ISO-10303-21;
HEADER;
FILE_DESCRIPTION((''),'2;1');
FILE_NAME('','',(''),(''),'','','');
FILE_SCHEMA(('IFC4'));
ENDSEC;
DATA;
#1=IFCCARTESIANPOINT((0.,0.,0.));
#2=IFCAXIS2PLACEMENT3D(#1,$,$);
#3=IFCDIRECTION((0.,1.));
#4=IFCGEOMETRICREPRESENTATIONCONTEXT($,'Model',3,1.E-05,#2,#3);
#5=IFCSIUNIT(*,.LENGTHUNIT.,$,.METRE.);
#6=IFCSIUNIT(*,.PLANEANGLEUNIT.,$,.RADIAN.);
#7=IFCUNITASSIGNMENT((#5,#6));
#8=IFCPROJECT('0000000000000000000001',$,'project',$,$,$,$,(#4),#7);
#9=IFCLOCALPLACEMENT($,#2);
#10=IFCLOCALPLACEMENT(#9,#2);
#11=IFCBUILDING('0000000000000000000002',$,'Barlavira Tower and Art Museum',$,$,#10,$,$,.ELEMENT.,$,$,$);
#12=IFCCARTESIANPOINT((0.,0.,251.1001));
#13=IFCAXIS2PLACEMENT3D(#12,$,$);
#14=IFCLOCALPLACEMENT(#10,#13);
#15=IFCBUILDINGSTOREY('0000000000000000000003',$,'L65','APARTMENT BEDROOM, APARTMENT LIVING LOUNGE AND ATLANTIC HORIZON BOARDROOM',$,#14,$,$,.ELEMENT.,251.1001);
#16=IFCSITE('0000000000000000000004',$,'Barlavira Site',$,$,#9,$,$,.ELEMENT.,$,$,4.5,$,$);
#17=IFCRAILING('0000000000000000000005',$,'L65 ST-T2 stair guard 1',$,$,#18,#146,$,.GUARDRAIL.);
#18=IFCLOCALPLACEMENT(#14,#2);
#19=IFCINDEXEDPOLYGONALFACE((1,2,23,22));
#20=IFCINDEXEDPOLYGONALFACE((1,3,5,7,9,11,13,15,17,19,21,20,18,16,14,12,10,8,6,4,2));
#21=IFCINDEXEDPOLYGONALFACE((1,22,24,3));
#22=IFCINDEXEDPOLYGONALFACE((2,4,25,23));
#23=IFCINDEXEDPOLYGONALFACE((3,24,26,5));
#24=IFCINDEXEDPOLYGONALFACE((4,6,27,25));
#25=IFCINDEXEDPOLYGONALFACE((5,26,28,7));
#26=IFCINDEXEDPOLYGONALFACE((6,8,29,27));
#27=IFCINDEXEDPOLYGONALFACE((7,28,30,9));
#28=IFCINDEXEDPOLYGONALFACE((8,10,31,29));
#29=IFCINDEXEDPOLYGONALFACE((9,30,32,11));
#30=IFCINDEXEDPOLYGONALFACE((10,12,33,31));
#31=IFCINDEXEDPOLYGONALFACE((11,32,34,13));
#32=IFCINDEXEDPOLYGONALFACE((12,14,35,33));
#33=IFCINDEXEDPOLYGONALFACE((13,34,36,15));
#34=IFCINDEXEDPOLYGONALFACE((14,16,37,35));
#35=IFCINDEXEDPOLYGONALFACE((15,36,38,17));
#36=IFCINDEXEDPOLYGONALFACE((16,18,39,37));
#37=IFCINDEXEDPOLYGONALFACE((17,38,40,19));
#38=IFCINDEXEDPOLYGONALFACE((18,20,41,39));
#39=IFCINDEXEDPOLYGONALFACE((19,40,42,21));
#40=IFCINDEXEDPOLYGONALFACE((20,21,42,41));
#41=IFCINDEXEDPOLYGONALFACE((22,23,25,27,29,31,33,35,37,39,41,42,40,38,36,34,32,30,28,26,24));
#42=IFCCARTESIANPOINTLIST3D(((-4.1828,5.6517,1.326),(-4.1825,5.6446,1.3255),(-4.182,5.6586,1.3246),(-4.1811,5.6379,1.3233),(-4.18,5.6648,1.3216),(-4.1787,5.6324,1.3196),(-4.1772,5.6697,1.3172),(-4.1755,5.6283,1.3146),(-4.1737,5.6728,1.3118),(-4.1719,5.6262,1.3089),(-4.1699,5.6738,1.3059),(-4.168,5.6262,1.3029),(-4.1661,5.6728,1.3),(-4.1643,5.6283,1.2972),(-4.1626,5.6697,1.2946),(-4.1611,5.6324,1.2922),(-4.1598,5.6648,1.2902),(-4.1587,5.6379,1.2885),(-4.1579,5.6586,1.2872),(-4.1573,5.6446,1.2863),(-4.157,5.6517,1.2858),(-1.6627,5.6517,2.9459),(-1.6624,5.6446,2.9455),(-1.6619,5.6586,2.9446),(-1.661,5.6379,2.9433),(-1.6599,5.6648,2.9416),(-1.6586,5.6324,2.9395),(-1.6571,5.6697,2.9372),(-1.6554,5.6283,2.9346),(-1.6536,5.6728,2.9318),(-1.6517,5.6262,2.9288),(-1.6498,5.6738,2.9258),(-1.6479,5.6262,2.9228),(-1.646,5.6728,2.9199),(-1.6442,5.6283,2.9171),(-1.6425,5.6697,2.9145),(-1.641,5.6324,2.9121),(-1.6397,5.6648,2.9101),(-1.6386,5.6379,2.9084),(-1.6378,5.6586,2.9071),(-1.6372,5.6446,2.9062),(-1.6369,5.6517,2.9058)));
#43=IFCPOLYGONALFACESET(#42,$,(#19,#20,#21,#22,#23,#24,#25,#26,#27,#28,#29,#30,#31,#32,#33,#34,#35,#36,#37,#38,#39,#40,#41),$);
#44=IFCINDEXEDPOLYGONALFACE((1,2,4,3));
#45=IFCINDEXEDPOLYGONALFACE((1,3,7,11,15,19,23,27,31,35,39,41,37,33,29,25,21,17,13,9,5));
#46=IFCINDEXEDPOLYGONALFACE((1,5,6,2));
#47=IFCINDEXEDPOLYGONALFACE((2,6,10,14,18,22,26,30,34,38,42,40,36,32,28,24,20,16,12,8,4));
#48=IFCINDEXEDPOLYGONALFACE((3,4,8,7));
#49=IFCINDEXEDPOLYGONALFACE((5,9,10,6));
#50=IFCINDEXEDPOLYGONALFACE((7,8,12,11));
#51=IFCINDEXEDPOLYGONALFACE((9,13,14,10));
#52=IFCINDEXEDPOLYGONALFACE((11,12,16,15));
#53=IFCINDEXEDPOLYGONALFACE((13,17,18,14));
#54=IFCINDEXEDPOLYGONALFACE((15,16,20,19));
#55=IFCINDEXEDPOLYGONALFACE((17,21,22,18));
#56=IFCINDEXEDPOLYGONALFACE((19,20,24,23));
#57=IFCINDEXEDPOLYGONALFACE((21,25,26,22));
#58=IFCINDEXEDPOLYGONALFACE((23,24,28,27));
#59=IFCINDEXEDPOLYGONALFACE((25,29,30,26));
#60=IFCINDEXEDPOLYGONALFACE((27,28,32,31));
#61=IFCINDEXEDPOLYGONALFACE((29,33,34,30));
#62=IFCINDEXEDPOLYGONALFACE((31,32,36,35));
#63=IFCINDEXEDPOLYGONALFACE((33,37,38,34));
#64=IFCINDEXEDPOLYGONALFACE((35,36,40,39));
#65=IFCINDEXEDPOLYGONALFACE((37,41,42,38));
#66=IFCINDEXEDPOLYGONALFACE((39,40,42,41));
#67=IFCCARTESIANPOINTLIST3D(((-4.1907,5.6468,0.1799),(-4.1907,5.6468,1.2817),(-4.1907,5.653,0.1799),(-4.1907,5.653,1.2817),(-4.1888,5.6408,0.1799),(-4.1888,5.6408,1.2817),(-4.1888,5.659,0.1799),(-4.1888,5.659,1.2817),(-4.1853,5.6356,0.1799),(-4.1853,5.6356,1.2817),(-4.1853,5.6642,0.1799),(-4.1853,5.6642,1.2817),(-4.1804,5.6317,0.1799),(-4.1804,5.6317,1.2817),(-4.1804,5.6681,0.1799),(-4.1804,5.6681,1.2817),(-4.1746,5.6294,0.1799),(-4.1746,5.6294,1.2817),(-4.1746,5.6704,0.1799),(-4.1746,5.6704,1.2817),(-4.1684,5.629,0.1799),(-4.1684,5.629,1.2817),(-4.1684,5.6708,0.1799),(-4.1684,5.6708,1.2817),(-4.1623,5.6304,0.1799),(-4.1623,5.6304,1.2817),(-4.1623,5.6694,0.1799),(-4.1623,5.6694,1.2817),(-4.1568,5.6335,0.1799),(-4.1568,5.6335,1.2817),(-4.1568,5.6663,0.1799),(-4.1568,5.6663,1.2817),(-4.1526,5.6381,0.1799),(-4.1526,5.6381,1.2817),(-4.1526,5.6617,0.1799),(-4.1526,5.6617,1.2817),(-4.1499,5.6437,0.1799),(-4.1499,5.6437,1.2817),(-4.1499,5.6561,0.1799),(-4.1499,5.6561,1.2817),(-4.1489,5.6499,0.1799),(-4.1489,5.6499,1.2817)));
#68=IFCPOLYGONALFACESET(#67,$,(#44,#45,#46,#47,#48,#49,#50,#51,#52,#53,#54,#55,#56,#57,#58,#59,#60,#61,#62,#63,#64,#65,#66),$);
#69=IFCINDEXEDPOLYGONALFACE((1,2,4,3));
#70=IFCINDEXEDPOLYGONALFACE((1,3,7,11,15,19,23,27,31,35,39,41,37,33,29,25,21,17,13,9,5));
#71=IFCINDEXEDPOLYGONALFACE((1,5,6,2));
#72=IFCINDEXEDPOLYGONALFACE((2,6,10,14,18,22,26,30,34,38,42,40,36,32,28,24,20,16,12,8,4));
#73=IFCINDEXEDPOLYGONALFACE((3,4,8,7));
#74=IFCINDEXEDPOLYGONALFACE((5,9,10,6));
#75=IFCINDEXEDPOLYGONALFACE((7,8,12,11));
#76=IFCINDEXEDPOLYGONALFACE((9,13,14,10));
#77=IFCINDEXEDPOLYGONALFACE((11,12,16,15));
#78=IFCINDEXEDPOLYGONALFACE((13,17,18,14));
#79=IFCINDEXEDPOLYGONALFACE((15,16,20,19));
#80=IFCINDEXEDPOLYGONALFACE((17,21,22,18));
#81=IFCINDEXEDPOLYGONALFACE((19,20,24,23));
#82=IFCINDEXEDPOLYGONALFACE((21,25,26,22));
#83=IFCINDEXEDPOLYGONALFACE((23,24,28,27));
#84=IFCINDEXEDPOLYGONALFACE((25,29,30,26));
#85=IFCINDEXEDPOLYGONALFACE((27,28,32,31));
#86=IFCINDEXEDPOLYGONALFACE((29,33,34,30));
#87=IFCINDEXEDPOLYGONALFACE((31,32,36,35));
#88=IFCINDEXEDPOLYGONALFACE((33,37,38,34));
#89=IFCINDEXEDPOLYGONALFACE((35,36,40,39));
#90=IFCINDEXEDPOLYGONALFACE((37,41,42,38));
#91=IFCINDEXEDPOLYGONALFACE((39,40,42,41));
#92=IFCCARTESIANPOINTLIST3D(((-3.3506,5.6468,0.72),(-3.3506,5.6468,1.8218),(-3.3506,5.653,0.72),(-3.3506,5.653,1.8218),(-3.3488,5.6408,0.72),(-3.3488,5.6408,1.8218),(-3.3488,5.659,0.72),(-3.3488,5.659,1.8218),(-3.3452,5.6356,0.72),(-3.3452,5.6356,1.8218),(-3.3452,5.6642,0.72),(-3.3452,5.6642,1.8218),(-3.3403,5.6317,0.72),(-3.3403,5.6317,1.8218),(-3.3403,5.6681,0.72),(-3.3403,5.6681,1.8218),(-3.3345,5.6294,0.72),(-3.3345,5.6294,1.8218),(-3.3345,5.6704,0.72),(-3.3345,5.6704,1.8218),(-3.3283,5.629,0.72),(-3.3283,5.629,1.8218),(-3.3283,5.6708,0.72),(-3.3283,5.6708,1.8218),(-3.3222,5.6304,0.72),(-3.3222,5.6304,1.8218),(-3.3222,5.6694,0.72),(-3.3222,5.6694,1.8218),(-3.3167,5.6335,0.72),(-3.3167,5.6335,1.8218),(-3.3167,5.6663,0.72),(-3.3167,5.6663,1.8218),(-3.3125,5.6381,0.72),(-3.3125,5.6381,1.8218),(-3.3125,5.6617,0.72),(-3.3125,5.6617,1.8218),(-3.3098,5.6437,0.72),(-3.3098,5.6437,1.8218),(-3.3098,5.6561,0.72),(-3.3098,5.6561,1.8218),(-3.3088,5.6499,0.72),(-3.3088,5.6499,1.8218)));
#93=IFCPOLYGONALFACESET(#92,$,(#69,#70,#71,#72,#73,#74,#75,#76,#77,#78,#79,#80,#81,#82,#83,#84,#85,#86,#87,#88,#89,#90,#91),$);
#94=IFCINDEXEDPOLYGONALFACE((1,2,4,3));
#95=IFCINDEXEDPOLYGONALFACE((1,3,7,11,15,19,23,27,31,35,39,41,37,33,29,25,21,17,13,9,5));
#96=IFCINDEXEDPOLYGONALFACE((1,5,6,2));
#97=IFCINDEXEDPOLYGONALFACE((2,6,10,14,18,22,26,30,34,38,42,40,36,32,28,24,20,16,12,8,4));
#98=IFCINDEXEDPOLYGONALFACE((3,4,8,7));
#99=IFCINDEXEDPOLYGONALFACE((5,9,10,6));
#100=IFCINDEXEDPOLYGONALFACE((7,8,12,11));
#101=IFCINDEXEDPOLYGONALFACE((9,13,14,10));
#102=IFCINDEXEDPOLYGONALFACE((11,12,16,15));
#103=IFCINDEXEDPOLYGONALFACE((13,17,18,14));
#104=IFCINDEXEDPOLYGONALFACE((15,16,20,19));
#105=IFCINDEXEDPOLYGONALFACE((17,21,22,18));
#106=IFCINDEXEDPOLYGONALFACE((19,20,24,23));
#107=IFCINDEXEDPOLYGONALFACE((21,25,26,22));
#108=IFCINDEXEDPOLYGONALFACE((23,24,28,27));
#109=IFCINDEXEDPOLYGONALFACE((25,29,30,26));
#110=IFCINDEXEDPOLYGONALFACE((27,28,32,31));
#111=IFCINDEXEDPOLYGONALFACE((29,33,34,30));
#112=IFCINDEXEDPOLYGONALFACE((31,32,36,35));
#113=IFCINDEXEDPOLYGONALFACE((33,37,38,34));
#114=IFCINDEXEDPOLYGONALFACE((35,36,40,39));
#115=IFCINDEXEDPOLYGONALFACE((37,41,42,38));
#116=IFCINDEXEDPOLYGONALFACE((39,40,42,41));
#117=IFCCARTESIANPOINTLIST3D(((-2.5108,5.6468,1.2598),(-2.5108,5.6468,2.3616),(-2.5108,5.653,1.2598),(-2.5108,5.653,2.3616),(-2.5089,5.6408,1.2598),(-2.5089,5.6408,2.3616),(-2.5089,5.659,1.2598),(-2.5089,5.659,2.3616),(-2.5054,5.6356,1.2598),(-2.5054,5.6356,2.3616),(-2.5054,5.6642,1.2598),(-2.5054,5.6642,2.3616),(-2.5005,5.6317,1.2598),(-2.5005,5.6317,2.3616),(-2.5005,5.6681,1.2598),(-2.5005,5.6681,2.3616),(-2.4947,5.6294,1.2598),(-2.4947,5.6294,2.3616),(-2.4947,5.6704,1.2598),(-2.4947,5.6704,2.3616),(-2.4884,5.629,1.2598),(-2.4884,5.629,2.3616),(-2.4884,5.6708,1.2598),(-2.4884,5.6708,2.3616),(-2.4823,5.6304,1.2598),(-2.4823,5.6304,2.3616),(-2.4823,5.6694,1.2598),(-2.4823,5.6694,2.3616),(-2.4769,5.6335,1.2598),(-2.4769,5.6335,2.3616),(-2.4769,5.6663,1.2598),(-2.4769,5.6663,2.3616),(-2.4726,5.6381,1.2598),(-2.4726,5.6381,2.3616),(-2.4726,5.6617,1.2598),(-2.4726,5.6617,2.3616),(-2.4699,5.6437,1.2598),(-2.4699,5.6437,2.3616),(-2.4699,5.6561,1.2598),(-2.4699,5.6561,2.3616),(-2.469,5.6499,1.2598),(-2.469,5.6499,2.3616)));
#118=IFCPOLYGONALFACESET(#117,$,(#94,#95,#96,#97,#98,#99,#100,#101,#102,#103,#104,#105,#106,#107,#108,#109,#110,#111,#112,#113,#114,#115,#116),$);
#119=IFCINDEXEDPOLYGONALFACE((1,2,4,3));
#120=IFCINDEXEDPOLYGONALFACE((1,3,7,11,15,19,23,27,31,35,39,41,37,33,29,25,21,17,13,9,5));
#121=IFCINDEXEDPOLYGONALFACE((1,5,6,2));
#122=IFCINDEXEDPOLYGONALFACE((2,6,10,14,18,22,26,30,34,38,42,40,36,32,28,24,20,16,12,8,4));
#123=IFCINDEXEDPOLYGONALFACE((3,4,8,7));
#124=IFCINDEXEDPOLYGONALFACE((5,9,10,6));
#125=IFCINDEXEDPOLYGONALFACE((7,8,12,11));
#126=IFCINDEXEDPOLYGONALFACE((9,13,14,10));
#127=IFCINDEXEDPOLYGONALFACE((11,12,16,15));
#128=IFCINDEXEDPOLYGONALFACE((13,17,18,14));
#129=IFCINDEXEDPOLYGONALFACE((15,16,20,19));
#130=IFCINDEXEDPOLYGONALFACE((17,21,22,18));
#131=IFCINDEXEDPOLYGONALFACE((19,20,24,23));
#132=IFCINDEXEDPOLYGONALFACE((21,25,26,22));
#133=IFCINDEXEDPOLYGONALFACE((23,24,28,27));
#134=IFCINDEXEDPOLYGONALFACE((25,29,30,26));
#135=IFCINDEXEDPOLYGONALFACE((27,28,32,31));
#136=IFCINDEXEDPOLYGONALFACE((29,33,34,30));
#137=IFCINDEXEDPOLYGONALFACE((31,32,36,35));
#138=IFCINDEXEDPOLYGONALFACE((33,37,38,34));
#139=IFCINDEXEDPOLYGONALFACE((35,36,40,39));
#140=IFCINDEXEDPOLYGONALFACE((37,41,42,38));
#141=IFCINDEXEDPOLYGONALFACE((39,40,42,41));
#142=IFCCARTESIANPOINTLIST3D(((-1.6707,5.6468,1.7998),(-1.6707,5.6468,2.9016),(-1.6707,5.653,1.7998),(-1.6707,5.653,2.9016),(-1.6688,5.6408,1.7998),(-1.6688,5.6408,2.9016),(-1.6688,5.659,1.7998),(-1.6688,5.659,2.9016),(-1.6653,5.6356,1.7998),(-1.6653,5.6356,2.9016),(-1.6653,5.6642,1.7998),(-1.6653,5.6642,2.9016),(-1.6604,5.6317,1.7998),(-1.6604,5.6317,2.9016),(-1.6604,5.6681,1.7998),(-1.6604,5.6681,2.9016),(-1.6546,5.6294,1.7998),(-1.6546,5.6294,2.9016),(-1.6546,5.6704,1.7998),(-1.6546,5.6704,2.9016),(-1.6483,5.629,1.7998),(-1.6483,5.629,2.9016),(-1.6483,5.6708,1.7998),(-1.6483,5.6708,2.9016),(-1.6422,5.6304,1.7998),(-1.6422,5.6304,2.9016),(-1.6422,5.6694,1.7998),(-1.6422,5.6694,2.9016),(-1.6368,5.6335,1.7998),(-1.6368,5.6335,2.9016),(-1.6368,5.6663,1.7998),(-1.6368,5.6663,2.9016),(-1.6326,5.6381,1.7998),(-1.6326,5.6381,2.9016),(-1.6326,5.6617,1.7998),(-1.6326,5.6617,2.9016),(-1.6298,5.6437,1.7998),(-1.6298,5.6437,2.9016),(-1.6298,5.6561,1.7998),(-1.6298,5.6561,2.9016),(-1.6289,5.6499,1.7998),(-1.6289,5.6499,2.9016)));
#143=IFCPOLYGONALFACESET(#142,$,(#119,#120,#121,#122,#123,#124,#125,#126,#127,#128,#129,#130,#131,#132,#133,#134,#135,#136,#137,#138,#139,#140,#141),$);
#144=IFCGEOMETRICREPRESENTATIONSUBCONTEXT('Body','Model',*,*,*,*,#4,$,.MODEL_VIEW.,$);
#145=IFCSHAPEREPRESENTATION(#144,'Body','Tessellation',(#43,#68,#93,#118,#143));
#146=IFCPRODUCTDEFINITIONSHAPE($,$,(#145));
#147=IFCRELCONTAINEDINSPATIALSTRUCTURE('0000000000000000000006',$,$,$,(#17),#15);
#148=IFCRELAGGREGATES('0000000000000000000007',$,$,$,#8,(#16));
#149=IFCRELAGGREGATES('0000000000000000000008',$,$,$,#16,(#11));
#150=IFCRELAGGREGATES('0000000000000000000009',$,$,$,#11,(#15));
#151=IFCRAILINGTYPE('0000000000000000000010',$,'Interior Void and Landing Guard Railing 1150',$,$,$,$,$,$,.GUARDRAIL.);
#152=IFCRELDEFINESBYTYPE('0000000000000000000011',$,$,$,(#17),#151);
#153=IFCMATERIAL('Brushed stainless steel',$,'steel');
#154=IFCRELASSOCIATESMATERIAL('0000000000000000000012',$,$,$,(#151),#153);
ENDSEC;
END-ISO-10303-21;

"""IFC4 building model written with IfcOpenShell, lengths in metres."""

from ifc_helpers import new_model, si_unit, direction, frame, origin, origin_2d, place, context, subcontext, project, spatial, circle, extrude, material, type_object, element, save


model = new_model("IFC4")

# Units and contexts
model_context = context("Model", 3, precision=1e-05, world=origin(), true_north=direction((0.0, 1.0)))
body_context = subcontext(model_context, "Body", "Model", "MODEL_VIEW")
ifc_project = project(units=[si_unit("LENGTHUNIT", "METRE"), si_unit("PLANEANGLEUNIT", "RADIAN")], contexts=[model_context])

# Site, building, storey
site_placement = place(None, origin())
site = spatial("IfcSite", under=ifc_project, at=site_placement, Name="Barlavira Site", CompositionType="ELEMENT", RefElevation=4.5)
building_placement = place(site_placement, origin())
building = spatial("IfcBuilding", under=site, at=building_placement, Name="Barlavira Tower and Art Museum", CompositionType="ELEMENT")
storey_placement = place(building_placement, frame((0.0, 0.0, 251.1001)))
storey = spatial("IfcBuildingStorey", under=building, at=storey_placement, Name="L65", Description="APARTMENT BEDROOM, APARTMENT LIVING LOUNGE AND ATLANTIC HORIZON BOARDROOM", CompositionType="ELEMENT", Elevation=251.1001)

# Shared definitions
ifc_material_1 = material(Name="Brushed stainless steel", Category="steel")

# Railing
railing_type_1 = type_object("IfcRailingType", Name="Interior Void and Landing Guard Railing 1150", PredefinedType="GUARDRAIL", material=ifc_material_1)
railing_1_placement = place(storey_placement, frame((-4.1699, 5.6499, 0.1799)))
element("IfcRailing", 1, at=railing_1_placement, inside=storey, type_object=railing_type_1, Name="L65 ST-T2 stair guard 1", PredefinedType="GUARDRAIL", context=body_context, shape_type="SweptSolid", body=[
    extrude(circle(Radius=0.0239, at=origin_2d()), frame((0.0, 0.0, 1.126), z_axis=(0.8412, 0.0, 0.540725), x_axis=(0.0, 1.0, 0.0)), (0.0, 0.0, 1.0), 2.9958),
    extrude(circle(Radius=0.021, at=origin_2d()), origin(), (0.0, 0.0, 1.0), 1.1018),
    extrude(circle(Radius=0.021, at=origin_2d()), frame((0.8401, 0.0, 0.54)), (0.0, 0.0, 1.0), 1.1018),
    extrude(circle(Radius=0.021, at=origin_2d()), frame((1.6799, 0.0, 1.0798)), (0.0, 0.0, 1.0), 1.1018),
    extrude(circle(Radius=0.021, at=origin_2d()), frame((2.52, 0.0, 1.6199)), (0.0, 0.0, 1.0), 1.1018),
])

save(model, "model.ifc")
